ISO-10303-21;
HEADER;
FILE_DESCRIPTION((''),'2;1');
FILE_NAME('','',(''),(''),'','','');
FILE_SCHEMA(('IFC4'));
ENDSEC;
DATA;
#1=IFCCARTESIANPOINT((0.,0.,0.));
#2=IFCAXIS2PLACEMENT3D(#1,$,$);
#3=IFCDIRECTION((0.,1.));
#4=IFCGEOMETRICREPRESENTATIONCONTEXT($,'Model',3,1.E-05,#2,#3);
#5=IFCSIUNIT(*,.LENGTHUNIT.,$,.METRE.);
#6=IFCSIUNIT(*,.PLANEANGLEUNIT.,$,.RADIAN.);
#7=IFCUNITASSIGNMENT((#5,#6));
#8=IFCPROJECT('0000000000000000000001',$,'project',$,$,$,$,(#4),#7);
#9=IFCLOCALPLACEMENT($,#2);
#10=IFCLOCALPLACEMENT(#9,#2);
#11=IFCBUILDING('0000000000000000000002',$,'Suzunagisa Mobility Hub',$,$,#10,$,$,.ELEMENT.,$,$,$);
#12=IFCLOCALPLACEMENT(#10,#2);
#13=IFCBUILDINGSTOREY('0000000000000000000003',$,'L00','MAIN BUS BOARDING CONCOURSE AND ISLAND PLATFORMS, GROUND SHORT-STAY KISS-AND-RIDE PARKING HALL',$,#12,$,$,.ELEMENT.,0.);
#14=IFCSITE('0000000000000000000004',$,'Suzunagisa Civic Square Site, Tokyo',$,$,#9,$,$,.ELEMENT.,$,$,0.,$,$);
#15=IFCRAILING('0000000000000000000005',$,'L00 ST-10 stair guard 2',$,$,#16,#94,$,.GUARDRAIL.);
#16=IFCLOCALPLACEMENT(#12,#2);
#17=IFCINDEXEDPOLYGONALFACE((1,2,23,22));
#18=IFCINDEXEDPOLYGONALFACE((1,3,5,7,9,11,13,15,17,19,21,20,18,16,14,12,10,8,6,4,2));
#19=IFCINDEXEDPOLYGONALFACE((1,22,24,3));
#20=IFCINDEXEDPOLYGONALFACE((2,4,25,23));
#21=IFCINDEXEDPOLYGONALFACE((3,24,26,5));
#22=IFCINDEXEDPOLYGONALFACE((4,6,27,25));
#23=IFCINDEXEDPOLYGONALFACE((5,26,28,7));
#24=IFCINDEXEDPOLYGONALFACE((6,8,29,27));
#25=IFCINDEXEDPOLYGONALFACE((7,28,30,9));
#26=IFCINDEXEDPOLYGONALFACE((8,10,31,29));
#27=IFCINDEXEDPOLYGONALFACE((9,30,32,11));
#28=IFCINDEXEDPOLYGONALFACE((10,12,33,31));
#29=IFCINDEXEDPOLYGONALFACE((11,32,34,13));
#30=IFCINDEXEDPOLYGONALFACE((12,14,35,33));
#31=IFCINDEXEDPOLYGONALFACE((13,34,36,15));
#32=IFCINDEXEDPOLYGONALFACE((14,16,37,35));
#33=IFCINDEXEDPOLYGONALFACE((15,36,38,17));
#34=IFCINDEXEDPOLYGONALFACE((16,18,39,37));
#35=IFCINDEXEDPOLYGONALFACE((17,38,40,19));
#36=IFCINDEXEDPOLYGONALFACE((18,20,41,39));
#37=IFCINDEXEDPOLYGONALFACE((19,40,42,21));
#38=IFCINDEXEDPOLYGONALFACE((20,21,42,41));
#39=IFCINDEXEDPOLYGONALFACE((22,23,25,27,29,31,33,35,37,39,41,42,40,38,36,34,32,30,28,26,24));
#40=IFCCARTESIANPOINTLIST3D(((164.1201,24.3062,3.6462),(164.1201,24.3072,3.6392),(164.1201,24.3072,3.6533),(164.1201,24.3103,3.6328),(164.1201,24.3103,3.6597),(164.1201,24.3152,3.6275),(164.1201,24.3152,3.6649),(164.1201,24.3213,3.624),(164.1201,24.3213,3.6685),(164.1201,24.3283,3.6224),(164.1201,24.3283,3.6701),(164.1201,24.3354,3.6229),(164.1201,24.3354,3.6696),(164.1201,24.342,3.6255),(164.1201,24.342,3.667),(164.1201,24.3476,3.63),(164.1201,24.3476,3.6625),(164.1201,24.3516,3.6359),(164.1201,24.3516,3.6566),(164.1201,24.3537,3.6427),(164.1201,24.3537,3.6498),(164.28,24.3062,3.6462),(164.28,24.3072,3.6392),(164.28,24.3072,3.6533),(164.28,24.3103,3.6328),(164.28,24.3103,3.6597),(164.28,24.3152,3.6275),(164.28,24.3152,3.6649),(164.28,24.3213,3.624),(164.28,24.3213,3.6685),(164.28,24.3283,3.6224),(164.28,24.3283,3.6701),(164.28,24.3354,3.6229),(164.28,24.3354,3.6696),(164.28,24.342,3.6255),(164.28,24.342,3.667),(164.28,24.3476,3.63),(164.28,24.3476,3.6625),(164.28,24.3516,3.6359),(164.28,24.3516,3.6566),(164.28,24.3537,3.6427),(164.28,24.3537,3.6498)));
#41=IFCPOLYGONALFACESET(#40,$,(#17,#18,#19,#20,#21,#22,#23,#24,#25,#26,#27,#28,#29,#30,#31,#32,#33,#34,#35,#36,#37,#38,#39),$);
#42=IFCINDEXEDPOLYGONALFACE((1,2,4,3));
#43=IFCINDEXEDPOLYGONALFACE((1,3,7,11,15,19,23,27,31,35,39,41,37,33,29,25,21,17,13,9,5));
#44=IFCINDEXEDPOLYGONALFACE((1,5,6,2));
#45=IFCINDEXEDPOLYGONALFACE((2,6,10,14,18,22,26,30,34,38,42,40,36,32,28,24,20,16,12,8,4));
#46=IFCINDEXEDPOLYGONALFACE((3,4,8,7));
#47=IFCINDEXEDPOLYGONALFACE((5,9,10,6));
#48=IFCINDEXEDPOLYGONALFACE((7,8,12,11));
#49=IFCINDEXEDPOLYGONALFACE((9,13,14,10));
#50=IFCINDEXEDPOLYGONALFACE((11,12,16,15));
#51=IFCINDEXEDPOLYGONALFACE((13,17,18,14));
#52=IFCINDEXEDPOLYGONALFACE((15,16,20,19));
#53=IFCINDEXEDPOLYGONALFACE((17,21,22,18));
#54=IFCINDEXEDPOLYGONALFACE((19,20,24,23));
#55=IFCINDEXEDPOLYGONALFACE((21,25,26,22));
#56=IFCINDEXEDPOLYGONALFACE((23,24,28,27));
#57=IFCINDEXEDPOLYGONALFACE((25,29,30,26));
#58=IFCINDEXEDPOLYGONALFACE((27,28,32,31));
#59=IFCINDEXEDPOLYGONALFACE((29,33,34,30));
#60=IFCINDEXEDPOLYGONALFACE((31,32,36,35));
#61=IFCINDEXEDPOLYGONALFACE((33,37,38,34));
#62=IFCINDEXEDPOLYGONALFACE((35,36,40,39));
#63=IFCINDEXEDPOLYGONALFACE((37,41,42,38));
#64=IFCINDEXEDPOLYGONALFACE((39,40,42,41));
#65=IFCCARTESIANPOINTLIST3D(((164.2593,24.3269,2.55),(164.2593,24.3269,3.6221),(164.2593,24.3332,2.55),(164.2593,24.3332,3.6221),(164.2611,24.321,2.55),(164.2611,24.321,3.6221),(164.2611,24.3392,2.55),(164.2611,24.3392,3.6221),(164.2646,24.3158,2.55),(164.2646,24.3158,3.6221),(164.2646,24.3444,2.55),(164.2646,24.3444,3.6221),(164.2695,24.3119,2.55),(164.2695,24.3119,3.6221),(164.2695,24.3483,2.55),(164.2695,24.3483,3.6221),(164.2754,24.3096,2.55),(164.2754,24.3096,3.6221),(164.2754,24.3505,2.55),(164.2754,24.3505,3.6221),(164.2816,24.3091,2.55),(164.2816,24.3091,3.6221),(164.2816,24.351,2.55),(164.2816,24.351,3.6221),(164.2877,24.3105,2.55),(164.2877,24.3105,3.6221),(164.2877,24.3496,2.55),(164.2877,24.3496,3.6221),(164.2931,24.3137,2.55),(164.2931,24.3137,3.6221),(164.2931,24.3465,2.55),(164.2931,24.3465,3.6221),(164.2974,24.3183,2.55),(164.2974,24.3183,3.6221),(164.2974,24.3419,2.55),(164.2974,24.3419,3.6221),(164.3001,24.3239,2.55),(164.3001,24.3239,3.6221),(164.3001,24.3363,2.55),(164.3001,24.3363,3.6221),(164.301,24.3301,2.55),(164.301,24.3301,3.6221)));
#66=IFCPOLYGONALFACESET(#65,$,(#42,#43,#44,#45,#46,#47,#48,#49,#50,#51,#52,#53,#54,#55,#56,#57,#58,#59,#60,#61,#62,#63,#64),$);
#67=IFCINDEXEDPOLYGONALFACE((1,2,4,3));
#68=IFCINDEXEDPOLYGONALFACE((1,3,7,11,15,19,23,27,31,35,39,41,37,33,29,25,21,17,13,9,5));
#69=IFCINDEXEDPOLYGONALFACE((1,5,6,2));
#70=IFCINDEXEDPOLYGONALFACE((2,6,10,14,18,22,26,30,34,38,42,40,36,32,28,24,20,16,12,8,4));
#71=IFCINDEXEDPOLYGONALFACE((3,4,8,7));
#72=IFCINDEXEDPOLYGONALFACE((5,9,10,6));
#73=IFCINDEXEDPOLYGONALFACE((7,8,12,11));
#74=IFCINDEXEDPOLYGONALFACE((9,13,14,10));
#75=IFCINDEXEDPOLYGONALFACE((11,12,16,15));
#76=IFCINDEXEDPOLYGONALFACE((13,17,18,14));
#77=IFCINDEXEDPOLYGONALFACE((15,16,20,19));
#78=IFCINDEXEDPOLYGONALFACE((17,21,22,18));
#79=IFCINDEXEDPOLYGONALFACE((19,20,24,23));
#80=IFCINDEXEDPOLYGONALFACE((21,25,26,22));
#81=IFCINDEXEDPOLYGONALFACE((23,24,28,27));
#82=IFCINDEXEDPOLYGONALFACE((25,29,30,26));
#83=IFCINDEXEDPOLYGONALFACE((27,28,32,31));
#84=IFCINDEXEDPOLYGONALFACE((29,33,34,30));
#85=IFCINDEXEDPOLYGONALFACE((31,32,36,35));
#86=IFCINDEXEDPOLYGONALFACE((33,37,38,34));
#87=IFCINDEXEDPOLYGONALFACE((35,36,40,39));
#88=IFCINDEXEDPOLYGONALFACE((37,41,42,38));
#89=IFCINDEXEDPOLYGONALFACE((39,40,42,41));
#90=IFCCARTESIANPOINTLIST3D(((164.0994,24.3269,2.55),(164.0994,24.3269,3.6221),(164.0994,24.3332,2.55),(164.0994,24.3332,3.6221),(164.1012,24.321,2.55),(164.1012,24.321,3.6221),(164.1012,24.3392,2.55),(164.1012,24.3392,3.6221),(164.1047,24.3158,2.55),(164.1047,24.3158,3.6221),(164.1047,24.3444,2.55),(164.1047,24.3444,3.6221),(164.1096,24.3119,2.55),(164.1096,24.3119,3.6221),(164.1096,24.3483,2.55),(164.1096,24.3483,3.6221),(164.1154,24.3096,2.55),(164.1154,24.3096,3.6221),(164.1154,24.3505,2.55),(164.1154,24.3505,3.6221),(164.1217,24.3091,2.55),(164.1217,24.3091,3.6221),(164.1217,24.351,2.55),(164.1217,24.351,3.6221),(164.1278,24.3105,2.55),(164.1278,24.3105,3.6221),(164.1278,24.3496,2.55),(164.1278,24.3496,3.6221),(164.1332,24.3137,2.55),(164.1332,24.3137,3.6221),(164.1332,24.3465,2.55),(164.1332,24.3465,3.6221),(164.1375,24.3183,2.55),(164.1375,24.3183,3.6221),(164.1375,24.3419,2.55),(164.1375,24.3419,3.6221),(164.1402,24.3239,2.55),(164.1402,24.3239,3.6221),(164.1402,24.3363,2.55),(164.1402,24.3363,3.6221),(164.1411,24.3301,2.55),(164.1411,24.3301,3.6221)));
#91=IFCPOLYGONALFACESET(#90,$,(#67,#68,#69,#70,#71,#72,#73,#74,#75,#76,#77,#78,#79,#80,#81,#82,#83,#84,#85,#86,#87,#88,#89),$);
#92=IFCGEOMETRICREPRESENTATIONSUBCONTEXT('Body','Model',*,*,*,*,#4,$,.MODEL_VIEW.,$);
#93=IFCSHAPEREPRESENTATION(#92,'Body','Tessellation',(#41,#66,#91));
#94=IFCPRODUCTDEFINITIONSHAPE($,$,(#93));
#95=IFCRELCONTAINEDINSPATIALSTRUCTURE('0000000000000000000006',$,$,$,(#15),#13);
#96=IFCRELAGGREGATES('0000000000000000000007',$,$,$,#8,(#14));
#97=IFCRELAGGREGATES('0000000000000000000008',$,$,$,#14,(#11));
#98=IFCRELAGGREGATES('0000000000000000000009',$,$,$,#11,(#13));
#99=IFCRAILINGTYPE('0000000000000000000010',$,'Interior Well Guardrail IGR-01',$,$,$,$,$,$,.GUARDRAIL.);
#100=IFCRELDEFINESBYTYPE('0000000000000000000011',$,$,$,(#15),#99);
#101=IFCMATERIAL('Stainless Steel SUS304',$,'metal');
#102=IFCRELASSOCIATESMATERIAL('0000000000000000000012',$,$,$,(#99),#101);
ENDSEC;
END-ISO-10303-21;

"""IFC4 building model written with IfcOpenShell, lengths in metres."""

from ifc_helpers import new_model, si_unit, direction, frame, origin, origin_2d, place, context, subcontext, project, spatial, circle, extrude, material, type_object, element, save


model = new_model("IFC4")

# Units and contexts
model_context = context("Model", 3, precision=1e-05, world=origin(), true_north=direction((0.0, 1.0)))
body_context = subcontext(model_context, "Body", "Model", "MODEL_VIEW")
ifc_project = project(units=[si_unit("LENGTHUNIT", "METRE"), si_unit("PLANEANGLEUNIT", "RADIAN")], contexts=[model_context])

# Site, building, storey
site_placement = place(None, origin())
site = spatial("IfcSite", under=ifc_project, at=site_placement, Name="Suzunagisa Civic Square Site, Tokyo", CompositionType="ELEMENT", RefElevation=0.0)
building_placement = place(site_placement, origin())
building = spatial("IfcBuilding", under=site, at=building_placement, Name="Suzunagisa Mobility Hub", CompositionType="ELEMENT")
storey_placement = place(building_placement, origin())
storey = spatial("IfcBuildingStorey", under=building, at=storey_placement, Name="L00", Description="MAIN BUS BOARDING CONCOURSE AND ISLAND PLATFORMS, GROUND SHORT-STAY KISS-AND-RIDE PARKING HALL", CompositionType="ELEMENT", Elevation=0.0)

# Railing
ifc_material_1 = material(Name="Stainless Steel SUS304", Category="metal")
railing_type_1 = type_object("IfcRailingType", Name="Interior Well Guardrail IGR-01", PredefinedType="GUARDRAIL", material=ifc_material_1)
railing_1_placement = place(storey_placement, frame((164.28, 24.3301, 2.55)))
element("IfcRailing", 1, at=railing_1_placement, inside=storey, type_object=railing_type_1, Name="L00 ST-10 stair guard 2", PredefinedType="GUARDRAIL", context=body_context, shape_type="SweptSolid", body=[
    extrude(circle(Radius=0.0239, at=origin_2d()), frame((0.0, 0.0, 1.0962), z_axis=(-1.0, 0.0, 0.0), x_axis=(0.0, -1.0, 0.0)), (0.0, 0.0, 1.0), 0.1599),
    extrude(circle(Radius=0.021, at=origin_2d()), origin(), (0.0, 0.0, 1.0), 1.072),
    extrude(circle(Radius=0.021, at=origin_2d()), frame((-0.1599, 0.0, 0.0)), (0.0, 0.0, 1.0), 1.072),
])

save(model, "model.ifc")
